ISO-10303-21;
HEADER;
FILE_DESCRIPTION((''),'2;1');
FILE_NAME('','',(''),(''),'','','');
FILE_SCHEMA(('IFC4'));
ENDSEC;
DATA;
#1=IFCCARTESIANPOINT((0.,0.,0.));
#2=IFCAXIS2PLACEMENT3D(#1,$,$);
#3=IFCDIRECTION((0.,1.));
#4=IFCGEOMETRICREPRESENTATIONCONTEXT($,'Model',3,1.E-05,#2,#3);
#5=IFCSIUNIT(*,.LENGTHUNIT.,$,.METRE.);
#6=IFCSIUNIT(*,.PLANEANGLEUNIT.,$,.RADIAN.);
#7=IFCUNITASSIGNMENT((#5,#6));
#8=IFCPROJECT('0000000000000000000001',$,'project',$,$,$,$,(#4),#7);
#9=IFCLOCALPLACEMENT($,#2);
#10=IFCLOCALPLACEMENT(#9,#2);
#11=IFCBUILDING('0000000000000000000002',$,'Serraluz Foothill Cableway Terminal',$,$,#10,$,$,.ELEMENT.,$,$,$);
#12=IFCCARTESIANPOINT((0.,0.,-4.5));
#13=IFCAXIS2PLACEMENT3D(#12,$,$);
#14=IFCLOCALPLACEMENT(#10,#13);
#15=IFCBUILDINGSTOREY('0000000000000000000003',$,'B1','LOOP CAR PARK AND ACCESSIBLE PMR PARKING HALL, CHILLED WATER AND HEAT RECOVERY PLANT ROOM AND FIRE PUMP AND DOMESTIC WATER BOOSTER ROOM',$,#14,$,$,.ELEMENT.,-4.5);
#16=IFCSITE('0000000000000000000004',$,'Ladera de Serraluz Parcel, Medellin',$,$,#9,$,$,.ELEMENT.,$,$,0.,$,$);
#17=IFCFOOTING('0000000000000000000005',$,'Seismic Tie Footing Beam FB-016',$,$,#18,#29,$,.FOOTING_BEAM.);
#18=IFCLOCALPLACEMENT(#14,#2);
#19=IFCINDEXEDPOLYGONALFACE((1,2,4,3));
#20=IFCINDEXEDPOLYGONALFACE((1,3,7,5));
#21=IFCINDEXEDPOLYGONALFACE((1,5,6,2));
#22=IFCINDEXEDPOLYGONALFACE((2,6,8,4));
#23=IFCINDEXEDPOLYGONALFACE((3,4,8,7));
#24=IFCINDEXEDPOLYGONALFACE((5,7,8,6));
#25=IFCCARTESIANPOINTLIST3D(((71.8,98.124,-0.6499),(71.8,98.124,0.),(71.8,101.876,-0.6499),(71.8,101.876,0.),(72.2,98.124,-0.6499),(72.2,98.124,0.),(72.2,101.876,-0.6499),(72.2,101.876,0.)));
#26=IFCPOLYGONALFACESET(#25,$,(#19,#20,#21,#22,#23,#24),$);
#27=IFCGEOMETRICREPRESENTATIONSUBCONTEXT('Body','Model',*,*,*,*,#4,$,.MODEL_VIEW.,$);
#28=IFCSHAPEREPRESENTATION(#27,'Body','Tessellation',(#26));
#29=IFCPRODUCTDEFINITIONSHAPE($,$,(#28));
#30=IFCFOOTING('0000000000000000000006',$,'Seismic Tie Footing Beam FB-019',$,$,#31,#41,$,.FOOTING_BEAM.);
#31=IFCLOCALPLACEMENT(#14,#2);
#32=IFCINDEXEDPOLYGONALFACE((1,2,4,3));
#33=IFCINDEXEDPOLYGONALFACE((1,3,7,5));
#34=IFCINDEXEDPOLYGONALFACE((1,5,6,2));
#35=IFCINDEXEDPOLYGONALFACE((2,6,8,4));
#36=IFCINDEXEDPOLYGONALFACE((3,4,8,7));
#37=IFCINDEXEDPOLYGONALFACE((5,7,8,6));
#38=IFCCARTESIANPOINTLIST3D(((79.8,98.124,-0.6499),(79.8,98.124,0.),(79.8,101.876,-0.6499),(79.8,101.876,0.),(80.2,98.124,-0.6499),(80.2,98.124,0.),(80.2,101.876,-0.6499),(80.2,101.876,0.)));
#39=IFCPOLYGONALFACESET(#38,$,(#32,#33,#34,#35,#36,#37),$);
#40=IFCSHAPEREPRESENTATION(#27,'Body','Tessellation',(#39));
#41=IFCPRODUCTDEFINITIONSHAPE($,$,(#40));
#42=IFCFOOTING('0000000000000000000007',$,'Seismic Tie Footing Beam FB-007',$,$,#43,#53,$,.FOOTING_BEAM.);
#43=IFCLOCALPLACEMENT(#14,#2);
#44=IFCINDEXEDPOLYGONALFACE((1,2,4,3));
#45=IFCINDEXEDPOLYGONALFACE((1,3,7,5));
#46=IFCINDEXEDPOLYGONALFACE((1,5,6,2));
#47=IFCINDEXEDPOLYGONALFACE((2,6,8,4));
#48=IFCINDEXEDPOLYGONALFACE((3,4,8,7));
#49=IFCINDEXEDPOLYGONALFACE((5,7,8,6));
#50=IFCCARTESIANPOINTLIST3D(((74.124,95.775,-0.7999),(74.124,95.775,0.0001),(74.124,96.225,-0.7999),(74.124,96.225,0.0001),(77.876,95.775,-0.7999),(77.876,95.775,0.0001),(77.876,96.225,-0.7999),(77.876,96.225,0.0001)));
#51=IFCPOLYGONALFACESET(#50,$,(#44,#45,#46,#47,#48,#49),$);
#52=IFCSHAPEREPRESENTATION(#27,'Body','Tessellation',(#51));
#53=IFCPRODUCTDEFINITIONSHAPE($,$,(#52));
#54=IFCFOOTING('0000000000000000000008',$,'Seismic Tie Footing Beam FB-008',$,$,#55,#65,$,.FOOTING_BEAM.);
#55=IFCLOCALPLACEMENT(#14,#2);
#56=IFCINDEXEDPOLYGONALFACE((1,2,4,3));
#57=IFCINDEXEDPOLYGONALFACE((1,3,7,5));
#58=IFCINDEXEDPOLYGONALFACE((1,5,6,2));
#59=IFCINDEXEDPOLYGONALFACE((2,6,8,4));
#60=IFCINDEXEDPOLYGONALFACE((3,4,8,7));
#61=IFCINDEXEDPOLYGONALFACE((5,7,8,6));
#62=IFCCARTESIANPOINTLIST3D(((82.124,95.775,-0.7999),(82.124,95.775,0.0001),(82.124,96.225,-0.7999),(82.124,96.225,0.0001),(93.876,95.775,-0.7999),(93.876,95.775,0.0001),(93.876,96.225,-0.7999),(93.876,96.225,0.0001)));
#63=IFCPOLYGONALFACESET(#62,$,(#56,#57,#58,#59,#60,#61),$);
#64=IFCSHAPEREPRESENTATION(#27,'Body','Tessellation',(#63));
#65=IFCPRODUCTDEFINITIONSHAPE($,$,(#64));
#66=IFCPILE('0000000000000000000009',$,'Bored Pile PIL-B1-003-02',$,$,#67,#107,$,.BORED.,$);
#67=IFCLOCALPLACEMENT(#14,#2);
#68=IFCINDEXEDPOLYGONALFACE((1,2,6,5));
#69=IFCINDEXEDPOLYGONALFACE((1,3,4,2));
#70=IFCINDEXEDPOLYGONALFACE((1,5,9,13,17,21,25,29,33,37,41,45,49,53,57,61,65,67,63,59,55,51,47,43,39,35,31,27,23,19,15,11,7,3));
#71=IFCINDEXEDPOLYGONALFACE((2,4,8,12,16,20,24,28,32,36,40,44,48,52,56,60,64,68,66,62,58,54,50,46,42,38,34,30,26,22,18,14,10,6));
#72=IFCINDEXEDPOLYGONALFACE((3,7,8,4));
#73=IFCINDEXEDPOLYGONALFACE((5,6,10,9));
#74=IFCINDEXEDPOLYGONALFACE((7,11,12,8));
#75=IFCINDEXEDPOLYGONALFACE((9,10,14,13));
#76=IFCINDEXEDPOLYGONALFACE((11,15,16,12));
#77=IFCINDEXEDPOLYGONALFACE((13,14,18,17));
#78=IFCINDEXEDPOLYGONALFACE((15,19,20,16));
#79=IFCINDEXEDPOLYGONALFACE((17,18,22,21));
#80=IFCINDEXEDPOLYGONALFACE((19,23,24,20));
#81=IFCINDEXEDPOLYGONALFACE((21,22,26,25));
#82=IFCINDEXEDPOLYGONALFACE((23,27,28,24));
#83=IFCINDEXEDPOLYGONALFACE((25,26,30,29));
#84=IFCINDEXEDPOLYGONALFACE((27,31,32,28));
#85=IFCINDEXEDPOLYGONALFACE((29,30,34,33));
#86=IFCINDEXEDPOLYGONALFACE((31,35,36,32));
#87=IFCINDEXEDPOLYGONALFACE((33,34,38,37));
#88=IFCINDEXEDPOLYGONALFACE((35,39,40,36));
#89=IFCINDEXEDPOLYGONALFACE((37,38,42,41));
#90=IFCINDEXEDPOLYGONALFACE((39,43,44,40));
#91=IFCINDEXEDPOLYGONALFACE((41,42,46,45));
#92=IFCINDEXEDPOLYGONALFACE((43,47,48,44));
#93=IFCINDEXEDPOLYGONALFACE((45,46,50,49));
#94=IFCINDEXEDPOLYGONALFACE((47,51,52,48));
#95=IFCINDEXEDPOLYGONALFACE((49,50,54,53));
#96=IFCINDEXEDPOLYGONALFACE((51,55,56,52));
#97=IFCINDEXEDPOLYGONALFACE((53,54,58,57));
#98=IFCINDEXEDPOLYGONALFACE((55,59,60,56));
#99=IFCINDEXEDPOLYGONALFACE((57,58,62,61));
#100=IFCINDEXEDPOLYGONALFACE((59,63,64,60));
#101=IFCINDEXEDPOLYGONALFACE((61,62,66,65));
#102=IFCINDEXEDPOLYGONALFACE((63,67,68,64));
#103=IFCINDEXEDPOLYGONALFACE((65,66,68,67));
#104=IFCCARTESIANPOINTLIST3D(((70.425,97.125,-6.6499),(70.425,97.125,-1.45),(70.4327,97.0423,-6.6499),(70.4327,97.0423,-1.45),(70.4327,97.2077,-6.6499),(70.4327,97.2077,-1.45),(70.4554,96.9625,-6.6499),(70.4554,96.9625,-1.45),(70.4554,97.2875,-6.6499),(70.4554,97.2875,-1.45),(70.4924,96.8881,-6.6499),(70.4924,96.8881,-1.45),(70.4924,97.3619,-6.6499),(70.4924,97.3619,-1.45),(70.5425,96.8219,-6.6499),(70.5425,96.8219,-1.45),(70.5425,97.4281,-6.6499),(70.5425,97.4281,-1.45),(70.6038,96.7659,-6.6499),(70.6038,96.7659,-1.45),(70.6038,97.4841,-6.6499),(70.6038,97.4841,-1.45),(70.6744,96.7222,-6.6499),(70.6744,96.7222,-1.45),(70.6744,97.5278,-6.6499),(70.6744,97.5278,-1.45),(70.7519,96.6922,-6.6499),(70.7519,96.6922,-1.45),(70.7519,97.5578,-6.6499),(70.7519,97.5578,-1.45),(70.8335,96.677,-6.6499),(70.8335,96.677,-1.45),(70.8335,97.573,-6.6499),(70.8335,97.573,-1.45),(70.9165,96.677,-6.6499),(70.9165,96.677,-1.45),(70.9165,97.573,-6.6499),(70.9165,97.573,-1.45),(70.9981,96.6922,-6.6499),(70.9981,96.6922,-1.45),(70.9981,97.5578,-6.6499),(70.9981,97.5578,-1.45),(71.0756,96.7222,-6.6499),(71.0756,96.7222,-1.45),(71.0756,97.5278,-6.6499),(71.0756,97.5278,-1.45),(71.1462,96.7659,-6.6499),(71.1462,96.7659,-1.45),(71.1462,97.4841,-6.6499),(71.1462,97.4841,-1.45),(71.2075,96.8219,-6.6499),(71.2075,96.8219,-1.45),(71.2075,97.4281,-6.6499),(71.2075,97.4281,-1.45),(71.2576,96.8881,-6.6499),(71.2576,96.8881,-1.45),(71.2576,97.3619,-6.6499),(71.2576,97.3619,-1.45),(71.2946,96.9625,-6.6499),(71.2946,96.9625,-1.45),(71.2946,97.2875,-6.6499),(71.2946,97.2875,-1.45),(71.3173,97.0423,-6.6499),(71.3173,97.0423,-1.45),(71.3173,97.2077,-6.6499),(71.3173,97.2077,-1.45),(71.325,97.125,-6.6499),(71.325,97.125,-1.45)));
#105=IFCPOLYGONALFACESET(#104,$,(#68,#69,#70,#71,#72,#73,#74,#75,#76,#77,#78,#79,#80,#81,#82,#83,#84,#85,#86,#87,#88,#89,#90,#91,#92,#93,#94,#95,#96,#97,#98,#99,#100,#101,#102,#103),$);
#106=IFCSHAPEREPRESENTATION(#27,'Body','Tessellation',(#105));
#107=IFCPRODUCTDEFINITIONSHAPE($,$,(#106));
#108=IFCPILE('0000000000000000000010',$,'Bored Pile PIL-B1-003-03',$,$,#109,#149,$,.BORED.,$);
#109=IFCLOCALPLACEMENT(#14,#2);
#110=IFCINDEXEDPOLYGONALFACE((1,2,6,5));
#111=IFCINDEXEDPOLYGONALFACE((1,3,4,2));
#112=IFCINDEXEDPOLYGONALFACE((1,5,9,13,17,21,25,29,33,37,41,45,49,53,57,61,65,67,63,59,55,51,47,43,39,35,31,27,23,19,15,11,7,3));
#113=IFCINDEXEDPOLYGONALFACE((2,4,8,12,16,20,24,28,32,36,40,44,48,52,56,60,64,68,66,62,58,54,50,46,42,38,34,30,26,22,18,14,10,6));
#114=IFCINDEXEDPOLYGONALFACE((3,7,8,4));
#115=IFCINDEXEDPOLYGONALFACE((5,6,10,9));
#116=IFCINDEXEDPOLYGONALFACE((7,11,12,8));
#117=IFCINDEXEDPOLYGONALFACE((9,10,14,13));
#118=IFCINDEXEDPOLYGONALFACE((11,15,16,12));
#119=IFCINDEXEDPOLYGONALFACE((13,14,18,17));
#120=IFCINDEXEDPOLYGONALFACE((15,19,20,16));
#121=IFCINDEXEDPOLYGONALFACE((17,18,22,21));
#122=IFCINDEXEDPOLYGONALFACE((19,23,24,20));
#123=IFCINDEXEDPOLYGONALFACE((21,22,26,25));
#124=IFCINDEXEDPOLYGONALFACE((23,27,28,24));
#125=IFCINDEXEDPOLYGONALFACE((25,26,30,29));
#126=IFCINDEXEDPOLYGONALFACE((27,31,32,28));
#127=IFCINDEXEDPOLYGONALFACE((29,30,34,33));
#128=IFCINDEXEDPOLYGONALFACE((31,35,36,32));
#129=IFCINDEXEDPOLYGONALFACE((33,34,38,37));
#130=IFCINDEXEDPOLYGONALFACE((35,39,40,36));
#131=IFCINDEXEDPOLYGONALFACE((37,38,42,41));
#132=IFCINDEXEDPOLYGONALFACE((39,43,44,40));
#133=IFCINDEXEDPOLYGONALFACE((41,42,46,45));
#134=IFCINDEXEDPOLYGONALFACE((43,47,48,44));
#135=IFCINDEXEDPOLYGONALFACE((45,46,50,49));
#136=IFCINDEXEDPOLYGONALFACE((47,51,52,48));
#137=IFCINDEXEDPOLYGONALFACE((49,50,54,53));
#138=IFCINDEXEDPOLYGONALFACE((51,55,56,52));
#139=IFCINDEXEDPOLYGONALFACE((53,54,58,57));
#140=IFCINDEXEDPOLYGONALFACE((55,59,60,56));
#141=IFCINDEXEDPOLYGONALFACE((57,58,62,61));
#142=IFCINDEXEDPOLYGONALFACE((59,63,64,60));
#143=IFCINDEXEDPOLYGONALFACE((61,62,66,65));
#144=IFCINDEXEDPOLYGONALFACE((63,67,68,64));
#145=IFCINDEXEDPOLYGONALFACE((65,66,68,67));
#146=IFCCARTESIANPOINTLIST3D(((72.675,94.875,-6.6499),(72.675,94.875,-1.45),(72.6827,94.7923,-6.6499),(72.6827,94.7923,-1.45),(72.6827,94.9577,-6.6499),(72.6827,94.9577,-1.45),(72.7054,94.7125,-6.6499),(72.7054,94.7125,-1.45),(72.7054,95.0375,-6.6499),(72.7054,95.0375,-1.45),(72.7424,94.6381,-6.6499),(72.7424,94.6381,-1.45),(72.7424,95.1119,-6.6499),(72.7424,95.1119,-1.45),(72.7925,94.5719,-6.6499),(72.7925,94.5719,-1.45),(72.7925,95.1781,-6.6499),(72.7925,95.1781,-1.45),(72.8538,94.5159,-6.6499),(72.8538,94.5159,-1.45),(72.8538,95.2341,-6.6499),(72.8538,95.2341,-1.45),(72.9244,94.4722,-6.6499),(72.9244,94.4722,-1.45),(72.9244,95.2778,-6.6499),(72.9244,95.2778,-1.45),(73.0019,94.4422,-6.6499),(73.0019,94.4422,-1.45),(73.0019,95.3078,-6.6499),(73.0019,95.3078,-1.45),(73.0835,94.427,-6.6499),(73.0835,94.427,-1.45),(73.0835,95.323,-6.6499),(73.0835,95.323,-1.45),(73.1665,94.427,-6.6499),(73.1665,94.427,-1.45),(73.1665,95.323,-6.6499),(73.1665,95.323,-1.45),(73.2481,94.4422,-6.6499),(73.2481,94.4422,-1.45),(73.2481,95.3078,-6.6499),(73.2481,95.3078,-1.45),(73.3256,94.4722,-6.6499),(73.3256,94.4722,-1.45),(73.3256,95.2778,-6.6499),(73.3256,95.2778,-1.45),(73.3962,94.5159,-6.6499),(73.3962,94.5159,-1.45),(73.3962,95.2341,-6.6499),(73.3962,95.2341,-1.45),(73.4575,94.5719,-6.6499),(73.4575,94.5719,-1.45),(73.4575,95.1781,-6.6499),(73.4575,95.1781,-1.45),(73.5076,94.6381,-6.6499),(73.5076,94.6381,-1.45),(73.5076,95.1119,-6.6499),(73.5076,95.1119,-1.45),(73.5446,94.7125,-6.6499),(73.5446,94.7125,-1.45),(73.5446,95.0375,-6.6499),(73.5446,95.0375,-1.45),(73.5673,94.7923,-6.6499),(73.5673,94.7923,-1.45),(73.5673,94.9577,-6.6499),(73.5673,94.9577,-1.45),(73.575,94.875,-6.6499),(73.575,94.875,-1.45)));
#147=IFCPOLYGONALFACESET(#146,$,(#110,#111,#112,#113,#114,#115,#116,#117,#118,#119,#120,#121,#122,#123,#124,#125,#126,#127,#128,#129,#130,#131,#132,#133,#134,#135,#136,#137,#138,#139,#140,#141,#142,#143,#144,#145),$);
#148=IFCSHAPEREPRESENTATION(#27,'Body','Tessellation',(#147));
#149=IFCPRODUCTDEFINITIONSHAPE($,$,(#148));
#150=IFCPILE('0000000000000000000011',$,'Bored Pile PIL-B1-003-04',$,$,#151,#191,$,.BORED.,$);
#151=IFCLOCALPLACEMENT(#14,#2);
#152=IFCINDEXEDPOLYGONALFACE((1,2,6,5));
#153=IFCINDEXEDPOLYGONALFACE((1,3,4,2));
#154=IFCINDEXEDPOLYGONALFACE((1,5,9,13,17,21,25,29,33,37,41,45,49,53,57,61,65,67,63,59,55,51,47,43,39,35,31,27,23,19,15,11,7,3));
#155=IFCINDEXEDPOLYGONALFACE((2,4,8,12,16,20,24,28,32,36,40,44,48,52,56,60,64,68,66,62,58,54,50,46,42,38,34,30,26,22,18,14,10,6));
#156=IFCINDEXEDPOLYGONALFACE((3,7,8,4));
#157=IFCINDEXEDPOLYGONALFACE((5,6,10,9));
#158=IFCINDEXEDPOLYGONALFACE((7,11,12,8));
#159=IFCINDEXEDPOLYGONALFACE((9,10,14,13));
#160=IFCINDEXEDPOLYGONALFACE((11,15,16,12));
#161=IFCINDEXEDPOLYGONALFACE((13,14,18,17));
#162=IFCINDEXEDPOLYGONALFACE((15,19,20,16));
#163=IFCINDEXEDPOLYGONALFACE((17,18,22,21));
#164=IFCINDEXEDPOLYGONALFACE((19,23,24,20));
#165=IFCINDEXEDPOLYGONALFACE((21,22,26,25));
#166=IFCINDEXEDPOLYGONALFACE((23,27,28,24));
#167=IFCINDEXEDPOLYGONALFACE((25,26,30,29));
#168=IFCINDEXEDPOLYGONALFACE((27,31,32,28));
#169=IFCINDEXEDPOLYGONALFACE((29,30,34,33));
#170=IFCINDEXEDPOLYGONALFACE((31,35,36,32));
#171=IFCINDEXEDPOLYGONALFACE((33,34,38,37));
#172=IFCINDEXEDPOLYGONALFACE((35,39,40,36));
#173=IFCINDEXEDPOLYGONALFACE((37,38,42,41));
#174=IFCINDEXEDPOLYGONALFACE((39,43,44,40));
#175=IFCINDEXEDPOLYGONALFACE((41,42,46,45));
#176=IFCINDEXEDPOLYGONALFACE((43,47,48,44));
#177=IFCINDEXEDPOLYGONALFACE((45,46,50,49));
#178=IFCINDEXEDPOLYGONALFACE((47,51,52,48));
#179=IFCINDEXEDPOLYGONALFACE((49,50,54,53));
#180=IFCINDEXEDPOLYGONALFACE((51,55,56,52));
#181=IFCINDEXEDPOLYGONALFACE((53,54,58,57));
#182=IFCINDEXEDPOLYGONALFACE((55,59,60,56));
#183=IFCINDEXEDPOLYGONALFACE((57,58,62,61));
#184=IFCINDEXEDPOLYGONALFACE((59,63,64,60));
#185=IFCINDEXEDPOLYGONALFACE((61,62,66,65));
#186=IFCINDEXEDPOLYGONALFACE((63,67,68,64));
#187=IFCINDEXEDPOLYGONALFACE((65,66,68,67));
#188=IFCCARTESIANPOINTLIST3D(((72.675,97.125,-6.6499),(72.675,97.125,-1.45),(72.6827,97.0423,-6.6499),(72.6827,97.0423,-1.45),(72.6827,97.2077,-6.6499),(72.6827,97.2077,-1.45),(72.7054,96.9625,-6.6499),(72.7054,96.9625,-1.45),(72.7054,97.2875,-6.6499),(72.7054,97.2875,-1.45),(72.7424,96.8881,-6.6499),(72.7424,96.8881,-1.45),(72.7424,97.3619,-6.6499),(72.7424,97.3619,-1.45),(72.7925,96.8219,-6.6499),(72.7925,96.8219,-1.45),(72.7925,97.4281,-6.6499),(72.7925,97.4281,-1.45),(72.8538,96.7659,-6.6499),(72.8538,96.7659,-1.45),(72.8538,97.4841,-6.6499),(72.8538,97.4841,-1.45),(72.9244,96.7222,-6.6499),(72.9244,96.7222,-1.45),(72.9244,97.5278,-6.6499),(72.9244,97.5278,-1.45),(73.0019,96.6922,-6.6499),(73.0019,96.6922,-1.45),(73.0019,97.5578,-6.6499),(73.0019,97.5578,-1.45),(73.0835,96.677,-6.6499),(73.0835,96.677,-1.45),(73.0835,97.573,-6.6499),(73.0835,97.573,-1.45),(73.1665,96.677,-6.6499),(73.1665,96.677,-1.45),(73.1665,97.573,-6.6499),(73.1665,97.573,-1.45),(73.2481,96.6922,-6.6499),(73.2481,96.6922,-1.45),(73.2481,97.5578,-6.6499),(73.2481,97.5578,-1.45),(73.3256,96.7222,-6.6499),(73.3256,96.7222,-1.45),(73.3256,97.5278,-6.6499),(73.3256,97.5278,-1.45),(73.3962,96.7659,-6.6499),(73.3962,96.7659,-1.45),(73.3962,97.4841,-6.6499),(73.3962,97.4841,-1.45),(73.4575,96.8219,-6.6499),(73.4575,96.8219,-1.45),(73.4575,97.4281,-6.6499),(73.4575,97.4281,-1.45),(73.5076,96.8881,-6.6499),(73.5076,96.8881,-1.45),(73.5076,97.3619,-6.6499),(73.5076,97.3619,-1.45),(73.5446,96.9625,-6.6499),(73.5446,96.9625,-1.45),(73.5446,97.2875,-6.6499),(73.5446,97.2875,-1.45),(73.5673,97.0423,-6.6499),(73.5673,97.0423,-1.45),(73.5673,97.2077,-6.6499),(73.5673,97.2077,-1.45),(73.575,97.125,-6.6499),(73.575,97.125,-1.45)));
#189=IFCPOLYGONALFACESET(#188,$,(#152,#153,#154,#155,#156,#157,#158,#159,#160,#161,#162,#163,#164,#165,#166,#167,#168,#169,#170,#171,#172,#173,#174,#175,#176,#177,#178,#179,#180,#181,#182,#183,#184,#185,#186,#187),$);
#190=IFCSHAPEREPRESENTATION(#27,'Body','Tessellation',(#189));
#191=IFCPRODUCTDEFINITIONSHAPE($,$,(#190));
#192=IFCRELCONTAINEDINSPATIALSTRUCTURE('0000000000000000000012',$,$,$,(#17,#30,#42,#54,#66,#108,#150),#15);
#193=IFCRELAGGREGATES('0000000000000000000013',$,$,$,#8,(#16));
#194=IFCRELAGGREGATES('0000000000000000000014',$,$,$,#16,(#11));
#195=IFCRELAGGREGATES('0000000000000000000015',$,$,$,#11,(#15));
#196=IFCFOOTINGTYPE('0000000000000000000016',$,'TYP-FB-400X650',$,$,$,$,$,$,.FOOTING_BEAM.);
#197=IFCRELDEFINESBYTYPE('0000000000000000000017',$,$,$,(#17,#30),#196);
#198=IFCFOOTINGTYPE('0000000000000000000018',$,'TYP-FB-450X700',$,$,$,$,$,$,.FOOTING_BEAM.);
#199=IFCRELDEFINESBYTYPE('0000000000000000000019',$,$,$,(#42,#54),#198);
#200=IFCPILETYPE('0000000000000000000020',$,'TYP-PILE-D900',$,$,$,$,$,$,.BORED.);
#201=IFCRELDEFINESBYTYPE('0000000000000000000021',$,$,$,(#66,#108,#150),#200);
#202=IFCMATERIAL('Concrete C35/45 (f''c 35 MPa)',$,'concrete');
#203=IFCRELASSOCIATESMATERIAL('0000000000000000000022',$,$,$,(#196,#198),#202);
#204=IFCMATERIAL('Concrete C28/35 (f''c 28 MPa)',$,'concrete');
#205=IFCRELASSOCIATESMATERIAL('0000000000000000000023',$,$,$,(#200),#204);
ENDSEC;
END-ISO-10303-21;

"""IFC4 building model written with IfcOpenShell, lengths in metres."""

from ifc_helpers import new_model, si_unit, direction, frame, origin, origin_2d, place, context, subcontext, project, spatial, rectangle, circle, extrude, material, material_profile, profile_set, type_object, element, save


model = new_model("IFC4")

# Units and contexts
model_context = context("Model", 3, precision=1e-05, world=origin(), true_north=direction((0.0, 1.0)))
body_context = subcontext(model_context, "Body", "Model", "MODEL_VIEW")
ifc_project = project(units=[si_unit("LENGTHUNIT", "METRE"), si_unit("PLANEANGLEUNIT", "RADIAN")], contexts=[model_context])

# Site, building, storey
site_placement = place(None, origin())
site = spatial("IfcSite", under=ifc_project, at=site_placement, Name="Ladera de Serraluz Parcel, Medellin", CompositionType="ELEMENT", RefElevation=0.0)
building_placement = place(site_placement, origin())
building = spatial("IfcBuilding", under=site, at=building_placement, Name="Serraluz Foothill Cableway Terminal", CompositionType="ELEMENT")
storey_placement = place(building_placement, frame((0.0, 0.0, -4.5)))
storey = spatial("IfcBuildingStorey", under=building, at=storey_placement, Name="B1", Description="LOOP CAR PARK AND ACCESSIBLE PMR PARKING HALL, CHILLED WATER AND HEAT RECOVERY PLANT ROOM AND FIRE PUMP AND DOMESTIC WATER BOOSTER ROOM", CompositionType="ELEMENT", Elevation=-4.5)

# Footings
ifc_material_1 = material(Name="Concrete C35/45 (f'c 35 MPa)", Category="concrete")
ifc_material_profile_1 = material_profile(ifc_material_1, rectangle(XDim=0.3999, YDim=0.6499, at=origin_2d()), Name="RC 400x650")
ifc_profile_set_1 = profile_set([ifc_material_profile_1], Name="Concrete C35/45 (f'c 35 MPa)")
footing_type_1 = type_object("IfcFootingType", Name="TYP-FB-400X650", PredefinedType="FOOTING_BEAM", material=ifc_profile_set_1)
for number, where, z_axis, x_axis, name in (
    (1, (72.0, 98.124, -0.325), (0.0, 1.0, 0.0), (-1.0, 0.0, 0.0), "Seismic Tie Footing Beam FB-016"),
    (2, (80.0, 98.124, -0.325), (0.0, 1.0, 0.0), (-1.0, 0.0, 0.0), "Seismic Tie Footing Beam FB-019"),
):
    element("IfcFooting", number, at=place(storey_placement, frame(where, z_axis=z_axis, x_axis=x_axis)), inside=storey, type_object=footing_type_1, Name=name, PredefinedType="FOOTING_BEAM", context=body_context, shape_type="SweptSolid", body=[
        extrude(rectangle(XDim=0.3999, YDim=0.6499, at=origin_2d()), origin(), (0.0, 0.0, 1.0), 3.752),
    ])
ifc_material_profile_2 = material_profile(ifc_material_1, rectangle(XDim=0.45, YDim=0.8, at=origin_2d()), Name="RC 450x800")
ifc_profile_set_2 = profile_set([ifc_material_profile_2], Name="Concrete C35/45 (f'c 35 MPa)")
footing_type_2 = type_object("IfcFootingType", Name="TYP-FB-450X700", PredefinedType="FOOTING_BEAM", material=ifc_profile_set_2)
footing_1_placement = place(storey_placement, frame((74.124, 96.0, -0.3999), z_axis=(1.0, 0.0, 0.0), x_axis=(0.0, 1.0, 0.0)))
element("IfcFooting", 3, at=footing_1_placement, inside=storey, type_object=footing_type_2, Name="Seismic Tie Footing Beam FB-007", PredefinedType="FOOTING_BEAM", context=body_context, shape_type="SweptSolid", body=[
    extrude(rectangle(XDim=0.45, YDim=0.8, at=origin_2d()), origin(), (0.0, 0.0, 1.0), 3.752),
])
footing_2_placement = place(storey_placement, frame((82.124, 96.0, -0.3999), z_axis=(1.0, 0.0, 0.0), x_axis=(0.0, 1.0, 0.0)))
element("IfcFooting", 4, at=footing_2_placement, inside=storey, type_object=footing_type_2, Name="Seismic Tie Footing Beam FB-008", PredefinedType="FOOTING_BEAM", context=body_context, shape_type="SweptSolid", body=[
    extrude(rectangle(XDim=0.45, YDim=0.8, at=origin_2d()), origin(), (0.0, 0.0, 1.0), 11.752),
])

# Piles
ifc_material_2 = material(Name="Concrete C28/35 (f'c 28 MPa)", Category="concrete")
ifc_material_profile_3 = material_profile(ifc_material_2, circle(Radius=0.45, at=origin_2d()), Name="BORED PILE D900")
ifc_profile_set_3 = profile_set([ifc_material_profile_3], Name="Concrete C28/35 (f'c 28 MPa)")
pile_type = type_object("IfcPileType", Name="TYP-PILE-D900", PredefinedType="BORED", material=ifc_profile_set_3)
for number, where, z_axis, x_axis, name in (
    (5, (70.875, 97.125, -1.45), (0.0, 0.0, -1.0), (1.0, 0.0, 0.0), "Bored Pile PIL-B1-003-02"),
    (6, (73.125, 94.875, -1.45), (0.0, 0.0, -1.0), (1.0, 0.0, 0.0), "Bored Pile PIL-B1-003-03"),
    (7, (73.125, 97.125, -1.45), (0.0, 0.0, -1.0), (1.0, 0.0, 0.0), "Bored Pile PIL-B1-003-04"),
):
    element("IfcPile", number, at=place(storey_placement, frame(where, z_axis=z_axis, x_axis=x_axis)), inside=storey, type_object=pile_type, Name=name, PredefinedType="BORED", context=body_context, shape_type="SweptSolid", body=[
        extrude(circle(Radius=0.45, at=origin_2d()), origin(), (0.0, 0.0, 1.0), 5.2),
    ])

save(model, "model.ifc")
